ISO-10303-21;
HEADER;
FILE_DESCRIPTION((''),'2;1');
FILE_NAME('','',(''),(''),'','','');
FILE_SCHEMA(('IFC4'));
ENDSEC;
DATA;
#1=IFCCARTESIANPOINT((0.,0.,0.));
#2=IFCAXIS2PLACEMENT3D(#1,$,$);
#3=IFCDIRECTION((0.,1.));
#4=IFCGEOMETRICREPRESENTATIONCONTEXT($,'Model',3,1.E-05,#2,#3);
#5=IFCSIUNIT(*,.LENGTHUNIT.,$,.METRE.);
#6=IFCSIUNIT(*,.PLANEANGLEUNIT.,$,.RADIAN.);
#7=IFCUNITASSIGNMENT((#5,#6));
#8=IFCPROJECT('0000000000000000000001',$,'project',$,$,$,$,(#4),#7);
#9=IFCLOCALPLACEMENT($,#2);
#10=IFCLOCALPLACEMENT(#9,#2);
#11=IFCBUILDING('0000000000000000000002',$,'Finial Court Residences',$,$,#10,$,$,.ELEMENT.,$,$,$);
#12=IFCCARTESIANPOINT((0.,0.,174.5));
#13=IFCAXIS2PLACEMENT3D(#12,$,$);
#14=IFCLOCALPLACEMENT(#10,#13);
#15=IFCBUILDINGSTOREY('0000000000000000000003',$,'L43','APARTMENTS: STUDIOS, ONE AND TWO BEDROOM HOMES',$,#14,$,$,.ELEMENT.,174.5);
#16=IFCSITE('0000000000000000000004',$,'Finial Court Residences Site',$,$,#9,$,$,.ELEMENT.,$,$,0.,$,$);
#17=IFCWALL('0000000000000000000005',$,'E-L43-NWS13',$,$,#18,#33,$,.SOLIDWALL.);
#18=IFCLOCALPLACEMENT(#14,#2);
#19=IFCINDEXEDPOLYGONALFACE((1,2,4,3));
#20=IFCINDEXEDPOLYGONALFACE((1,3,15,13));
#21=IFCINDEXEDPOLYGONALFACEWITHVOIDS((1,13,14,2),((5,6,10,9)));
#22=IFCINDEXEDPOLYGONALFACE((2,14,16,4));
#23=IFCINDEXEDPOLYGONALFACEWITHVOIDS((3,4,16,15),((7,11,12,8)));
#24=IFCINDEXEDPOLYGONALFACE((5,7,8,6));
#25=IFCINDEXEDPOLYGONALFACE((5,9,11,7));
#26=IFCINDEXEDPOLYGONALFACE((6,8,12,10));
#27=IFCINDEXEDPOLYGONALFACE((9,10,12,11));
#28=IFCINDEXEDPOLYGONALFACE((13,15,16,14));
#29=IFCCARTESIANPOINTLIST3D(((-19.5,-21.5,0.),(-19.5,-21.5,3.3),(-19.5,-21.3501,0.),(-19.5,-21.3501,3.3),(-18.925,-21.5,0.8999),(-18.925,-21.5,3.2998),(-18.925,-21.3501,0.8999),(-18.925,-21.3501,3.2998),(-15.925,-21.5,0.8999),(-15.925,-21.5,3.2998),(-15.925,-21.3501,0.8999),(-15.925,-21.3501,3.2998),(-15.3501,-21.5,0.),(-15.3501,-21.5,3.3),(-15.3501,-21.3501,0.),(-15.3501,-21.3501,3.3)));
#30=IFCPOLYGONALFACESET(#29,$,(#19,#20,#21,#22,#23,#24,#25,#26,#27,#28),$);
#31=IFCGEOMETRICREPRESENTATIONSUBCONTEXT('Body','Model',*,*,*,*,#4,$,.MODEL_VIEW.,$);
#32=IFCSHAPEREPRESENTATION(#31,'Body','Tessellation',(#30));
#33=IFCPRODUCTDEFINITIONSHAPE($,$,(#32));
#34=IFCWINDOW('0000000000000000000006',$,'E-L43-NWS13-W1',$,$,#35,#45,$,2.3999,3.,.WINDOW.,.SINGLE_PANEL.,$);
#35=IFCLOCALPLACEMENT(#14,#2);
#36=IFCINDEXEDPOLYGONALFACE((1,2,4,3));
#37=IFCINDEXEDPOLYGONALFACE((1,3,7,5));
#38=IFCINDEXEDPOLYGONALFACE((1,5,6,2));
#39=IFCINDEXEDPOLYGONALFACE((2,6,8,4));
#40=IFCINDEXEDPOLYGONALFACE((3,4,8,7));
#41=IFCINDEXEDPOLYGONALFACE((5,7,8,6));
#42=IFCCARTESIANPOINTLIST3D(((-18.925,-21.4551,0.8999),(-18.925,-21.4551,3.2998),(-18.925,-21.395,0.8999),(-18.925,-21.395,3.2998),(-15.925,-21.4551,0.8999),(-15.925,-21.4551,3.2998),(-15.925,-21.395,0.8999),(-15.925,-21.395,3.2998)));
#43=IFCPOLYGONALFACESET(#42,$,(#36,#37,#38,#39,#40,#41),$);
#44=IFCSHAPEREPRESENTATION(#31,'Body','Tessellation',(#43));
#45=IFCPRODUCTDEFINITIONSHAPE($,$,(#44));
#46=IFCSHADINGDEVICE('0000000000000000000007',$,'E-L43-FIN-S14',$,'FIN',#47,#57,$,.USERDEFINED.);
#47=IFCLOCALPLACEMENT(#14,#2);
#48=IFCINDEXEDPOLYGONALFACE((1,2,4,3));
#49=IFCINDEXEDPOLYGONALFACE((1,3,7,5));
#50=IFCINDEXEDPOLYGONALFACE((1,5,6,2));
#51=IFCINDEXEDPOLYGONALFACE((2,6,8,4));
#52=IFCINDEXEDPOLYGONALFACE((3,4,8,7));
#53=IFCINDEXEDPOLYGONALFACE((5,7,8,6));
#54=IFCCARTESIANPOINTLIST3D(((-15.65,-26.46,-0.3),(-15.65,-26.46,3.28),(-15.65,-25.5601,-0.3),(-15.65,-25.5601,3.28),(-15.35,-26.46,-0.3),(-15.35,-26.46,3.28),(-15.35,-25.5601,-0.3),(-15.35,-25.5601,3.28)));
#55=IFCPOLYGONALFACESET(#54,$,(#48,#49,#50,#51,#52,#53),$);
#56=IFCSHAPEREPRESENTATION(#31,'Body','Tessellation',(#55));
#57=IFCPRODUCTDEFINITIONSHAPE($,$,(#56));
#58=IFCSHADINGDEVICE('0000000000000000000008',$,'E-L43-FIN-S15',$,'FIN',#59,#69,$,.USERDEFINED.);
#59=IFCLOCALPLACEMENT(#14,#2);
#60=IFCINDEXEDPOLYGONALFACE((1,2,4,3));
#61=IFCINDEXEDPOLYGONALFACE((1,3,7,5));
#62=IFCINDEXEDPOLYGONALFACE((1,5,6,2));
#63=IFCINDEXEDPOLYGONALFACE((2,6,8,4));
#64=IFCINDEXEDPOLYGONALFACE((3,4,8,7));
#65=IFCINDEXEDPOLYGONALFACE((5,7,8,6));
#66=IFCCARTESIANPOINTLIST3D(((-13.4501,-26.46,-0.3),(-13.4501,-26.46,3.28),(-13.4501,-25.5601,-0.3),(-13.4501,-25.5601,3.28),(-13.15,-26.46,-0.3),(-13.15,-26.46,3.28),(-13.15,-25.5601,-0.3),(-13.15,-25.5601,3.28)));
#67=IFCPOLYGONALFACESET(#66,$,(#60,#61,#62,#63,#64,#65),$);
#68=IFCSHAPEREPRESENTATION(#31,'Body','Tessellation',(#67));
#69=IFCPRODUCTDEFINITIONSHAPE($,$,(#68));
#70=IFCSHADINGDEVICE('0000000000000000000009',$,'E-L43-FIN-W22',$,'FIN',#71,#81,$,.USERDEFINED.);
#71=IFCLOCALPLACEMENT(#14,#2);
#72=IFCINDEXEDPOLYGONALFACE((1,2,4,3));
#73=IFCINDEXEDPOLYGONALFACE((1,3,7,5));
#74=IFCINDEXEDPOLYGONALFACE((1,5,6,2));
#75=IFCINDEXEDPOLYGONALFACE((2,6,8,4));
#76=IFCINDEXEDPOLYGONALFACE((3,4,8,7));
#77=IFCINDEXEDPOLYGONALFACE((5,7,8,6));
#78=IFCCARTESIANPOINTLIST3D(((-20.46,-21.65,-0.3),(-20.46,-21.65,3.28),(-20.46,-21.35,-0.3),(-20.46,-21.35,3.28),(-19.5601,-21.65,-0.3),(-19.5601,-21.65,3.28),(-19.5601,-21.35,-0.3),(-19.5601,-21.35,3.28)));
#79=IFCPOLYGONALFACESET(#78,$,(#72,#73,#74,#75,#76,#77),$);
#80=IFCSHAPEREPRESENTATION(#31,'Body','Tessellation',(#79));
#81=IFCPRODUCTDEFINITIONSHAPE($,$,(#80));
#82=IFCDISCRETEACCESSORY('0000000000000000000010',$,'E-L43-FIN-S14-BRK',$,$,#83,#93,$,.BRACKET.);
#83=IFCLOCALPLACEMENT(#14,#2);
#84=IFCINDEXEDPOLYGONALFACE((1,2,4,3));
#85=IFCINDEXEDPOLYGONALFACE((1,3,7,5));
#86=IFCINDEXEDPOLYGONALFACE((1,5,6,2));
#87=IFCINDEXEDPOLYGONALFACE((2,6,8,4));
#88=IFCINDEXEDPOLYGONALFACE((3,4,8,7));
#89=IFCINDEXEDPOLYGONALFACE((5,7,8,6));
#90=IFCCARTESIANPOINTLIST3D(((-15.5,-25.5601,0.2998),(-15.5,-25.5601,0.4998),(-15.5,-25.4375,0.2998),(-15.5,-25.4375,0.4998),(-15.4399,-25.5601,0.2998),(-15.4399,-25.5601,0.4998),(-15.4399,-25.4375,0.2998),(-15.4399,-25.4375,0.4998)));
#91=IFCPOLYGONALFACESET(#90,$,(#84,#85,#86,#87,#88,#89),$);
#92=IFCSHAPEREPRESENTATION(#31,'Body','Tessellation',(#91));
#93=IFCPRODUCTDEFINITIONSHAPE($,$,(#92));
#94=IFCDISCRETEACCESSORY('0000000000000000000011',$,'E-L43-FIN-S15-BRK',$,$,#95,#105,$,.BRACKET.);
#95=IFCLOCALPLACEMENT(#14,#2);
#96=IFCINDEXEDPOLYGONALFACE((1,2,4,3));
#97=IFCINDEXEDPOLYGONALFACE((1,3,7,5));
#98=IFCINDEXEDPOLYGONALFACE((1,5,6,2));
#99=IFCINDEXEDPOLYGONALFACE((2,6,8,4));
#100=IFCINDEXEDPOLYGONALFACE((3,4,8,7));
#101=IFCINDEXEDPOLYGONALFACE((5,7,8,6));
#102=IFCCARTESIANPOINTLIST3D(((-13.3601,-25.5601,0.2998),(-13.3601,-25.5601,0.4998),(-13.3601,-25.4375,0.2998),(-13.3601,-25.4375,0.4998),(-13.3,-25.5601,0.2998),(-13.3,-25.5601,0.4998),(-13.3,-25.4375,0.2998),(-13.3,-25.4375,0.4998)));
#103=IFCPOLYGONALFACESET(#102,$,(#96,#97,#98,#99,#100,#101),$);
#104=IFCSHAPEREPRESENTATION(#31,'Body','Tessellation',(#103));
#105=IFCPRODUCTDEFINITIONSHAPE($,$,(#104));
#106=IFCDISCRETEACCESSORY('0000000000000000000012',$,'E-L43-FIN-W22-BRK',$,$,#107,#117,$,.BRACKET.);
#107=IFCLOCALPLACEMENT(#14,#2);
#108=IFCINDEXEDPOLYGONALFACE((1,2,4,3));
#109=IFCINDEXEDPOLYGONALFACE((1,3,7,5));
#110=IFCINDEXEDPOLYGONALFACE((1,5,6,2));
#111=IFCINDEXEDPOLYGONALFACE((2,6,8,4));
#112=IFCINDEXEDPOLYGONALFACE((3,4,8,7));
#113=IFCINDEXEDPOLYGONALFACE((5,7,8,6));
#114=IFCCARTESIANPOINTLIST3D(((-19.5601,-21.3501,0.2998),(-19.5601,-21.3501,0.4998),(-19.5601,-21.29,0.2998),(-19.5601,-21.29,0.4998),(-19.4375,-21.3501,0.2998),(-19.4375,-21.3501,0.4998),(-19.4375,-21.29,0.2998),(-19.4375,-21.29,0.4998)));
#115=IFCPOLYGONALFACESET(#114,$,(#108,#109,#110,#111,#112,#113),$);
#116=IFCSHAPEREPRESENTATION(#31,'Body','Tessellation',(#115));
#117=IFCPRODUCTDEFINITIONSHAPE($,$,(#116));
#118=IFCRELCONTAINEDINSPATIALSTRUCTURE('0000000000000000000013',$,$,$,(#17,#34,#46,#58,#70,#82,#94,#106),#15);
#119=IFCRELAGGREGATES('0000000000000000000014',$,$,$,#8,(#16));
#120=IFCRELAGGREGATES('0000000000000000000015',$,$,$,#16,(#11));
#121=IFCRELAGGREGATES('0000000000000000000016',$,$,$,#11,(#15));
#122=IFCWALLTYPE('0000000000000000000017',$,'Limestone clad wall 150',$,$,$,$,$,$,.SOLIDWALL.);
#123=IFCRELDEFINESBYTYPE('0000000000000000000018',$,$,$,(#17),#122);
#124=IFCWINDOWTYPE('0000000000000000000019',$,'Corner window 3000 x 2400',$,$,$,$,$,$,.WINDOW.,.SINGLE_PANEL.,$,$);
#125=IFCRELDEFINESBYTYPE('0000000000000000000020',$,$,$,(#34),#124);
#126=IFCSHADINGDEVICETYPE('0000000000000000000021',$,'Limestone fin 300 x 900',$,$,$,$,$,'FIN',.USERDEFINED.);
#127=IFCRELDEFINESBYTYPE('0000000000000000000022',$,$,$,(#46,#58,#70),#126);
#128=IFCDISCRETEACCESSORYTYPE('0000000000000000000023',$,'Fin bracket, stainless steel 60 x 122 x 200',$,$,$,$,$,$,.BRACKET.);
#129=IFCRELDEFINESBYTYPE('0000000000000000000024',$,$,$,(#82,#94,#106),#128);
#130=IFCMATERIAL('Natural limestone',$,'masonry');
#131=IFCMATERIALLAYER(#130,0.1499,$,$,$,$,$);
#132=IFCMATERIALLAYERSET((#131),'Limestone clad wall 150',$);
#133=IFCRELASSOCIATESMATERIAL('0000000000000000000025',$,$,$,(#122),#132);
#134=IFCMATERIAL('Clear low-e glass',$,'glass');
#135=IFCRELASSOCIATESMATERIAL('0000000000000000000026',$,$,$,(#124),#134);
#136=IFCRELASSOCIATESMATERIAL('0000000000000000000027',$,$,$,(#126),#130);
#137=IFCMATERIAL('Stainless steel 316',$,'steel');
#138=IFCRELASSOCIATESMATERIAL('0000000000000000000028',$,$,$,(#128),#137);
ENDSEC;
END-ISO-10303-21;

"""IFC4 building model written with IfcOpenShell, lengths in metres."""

from ifc_helpers import new_model, si_unit, direction, frame, frame_2d, origin, origin_2d, place, context, subcontext, project, spatial, rectangle, extrude, material, layer, layer_set, type_object, element, fill, save


model = new_model("IFC4")

# Units and contexts
model_context = context("Model", 3, precision=1e-05, world=origin(), true_north=direction((0.0, 1.0)))
body_context = subcontext(model_context, "Body", "Model", "MODEL_VIEW")
ifc_project = project(units=[si_unit("LENGTHUNIT", "METRE"), si_unit("PLANEANGLEUNIT", "RADIAN")], contexts=[model_context])

# Site, building, storey
site_placement = place(None, origin())
site = spatial("IfcSite", under=ifc_project, at=site_placement, Name="Finial Court Residences Site", CompositionType="ELEMENT", RefElevation=0.0)
building_placement = place(site_placement, origin())
building = spatial("IfcBuilding", under=site, at=building_placement, Name="Finial Court Residences", CompositionType="ELEMENT")
storey_placement = place(building_placement, frame((0.0, 0.0, 174.5)))
storey = spatial("IfcBuildingStorey", under=building, at=storey_placement, Name="L43", Description="APARTMENTS: STUDIOS, ONE AND TWO BEDROOM HOMES", CompositionType="ELEMENT", Elevation=174.5)

# Shared definitions
ifc_material_1 = material(Name="Clear low-e glass", Category="glass")

# Wall, opening, window
ifc_material_2 = material(Name="Natural limestone", Category="masonry")
ifc_layer_1 = layer(ifc_material_2, 0.1499)
ifc_layer_set_1 = layer_set([ifc_layer_1], Name="Limestone clad wall 150")
wall_type_1 = type_object("IfcWallType", Name="Limestone clad wall 150", PredefinedType="SOLIDWALL", material=ifc_layer_set_1)
wall_1_placement = place(storey_placement, frame((-15.3501, -21.425, 0.0), z_axis=(0.0, 0.0, 1.0), x_axis=(-1.0, 0.0, 0.0)))
wall_1 = element("IfcWall", 1, at=wall_1_placement, inside=storey, type_object=wall_type_1, Name="E-L43-NWS13", PredefinedType="SOLIDWALL", context=body_context, shape_type="SweptSolid", body=[
    extrude(rectangle(XDim=4.1499, YDim=0.1499, at=frame_2d((2.075, 0.0))), origin(), (0.0, 0.0, 1.0), 3.3),
])
opening_1_placement = place(wall_1_placement, frame((0.575, 0.0, 0.8999)))
opening_1 = element("IfcOpeningElement", 2, at=opening_1_placement, cuts=wall_1, PredefinedType="OPENING", context=body_context, shape_type="SweptSolid", body=[
    extrude(rectangle(XDim=3.0, YDim=2.3999, at=frame_2d((1.5, 1.2))), frame((0.0, 0.085, 0.0), z_axis=(0.0, -1.0, 0.0), x_axis=(1.0, 0.0, 0.0)), (0.0, 0.0, 1.0), 0.1699),
])
window_type_1 = type_object("IfcWindowType", Name="Corner window 3000 x 2400", PartitioningType="SINGLE_PANEL", PredefinedType="WINDOW", material=ifc_material_1)
window_1_placement = place(opening_1_placement, origin())
window_1 = element("IfcWindow", 3, at=window_1_placement, inside=storey, type_object=window_type_1, Name="E-L43-NWS13-W1", OverallHeight=2.3999, OverallWidth=3.0, PartitioningType="SINGLE_PANEL", PredefinedType="WINDOW", context=body_context, shape_type="SweptSolid", body=[
    extrude(rectangle(XDim=3.0, YDim=2.3999, at=frame_2d((1.5, 1.2))), frame((0.0, 0.03, 0.0), z_axis=(0.0, -1.0, 0.0), x_axis=(1.0, 0.0, 0.0)), (0.0, 0.0, 1.0), 0.0601),
])
fill(opening_1, window_1)

# Shading devices
shading_device_type = type_object("IfcShadingDeviceType", Name="Limestone fin 300 x 900", ElementType="FIN", PredefinedType="USERDEFINED", material=ifc_material_2)
for number, where, z_axis, x_axis, name in (
    (4, (-15.5, -26.01, -0.3), (0.0, 0.0, 1.0), (1.0, 0.0, 0.0), "E-L43-FIN-S14"),
    (5, (-13.3, -26.01, -0.3), (0.0, 0.0, 1.0), (1.0, 0.0, 0.0), "E-L43-FIN-S15"),
):
    element("IfcShadingDevice", number, at=place(storey_placement, frame(where, z_axis=z_axis, x_axis=x_axis)), inside=storey, type_object=shading_device_type, Name=name, ObjectType="FIN", PredefinedType="USERDEFINED", context=body_context, shape_type="SweptSolid", body=[
        extrude(rectangle(XDim=0.3, YDim=0.8999, at=origin_2d()), origin(), (0.0, 0.0, 1.0), 3.5801),
    ])
shading_device_placement = place(storey_placement, frame((-20.01, -21.5, -0.3), z_axis=(0.0, 0.0, 1.0), x_axis=(1.0, 0.0, 0.0)))
element("IfcShadingDevice", 6, at=shading_device_placement, inside=storey, type_object=shading_device_type, Name="E-L43-FIN-W22", ObjectType="FIN", PredefinedType="USERDEFINED", context=body_context, shape_type="SweptSolid", body=[
    extrude(rectangle(XDim=0.8999, YDim=0.3, at=origin_2d()), origin(), (0.0, 0.0, 1.0), 3.5801),
])

# Discrete accessories
ifc_material_3 = material(Name="Stainless steel 316", Category="steel")
discrete_accessory_type = type_object("IfcDiscreteAccessoryType", Name="Fin bracket, stainless steel 60 x 122 x 200", PredefinedType="BRACKET", material=ifc_material_3)
for number, where, z_axis, x_axis, name in (
    (7, (-15.47, -25.4988, 0.2998), (0.0, 0.0, 1.0), (1.0, 0.0, 0.0), "E-L43-FIN-S14-BRK"),
    (8, (-13.3301, -25.4988, 0.2998), (0.0, 0.0, 1.0), (1.0, 0.0, 0.0), "E-L43-FIN-S15-BRK"),
):
    element("IfcDiscreteAccessory", number, at=place(storey_placement, frame(where, z_axis=z_axis, x_axis=x_axis)), inside=storey, type_object=discrete_accessory_type, Name=name, PredefinedType="BRACKET", context=body_context, shape_type="SweptSolid", body=[
        extrude(rectangle(XDim=0.0601, YDim=0.1226, at=origin_2d()), origin(), (0.0, 0.0, 1.0), 0.2),
    ])
discrete_accessory_placement = place(storey_placement, frame((-19.4988, -21.3201, 0.2998), z_axis=(0.0, 0.0, 1.0), x_axis=(1.0, 0.0, 0.0)))
element("IfcDiscreteAccessory", 9, at=discrete_accessory_placement, inside=storey, type_object=discrete_accessory_type, Name="E-L43-FIN-W22-BRK", PredefinedType="BRACKET", context=body_context, shape_type="SweptSolid", body=[
    extrude(rectangle(XDim=0.1226, YDim=0.0601, at=origin_2d()), origin(), (0.0, 0.0, 1.0), 0.2),
])

save(model, "model.ifc")
